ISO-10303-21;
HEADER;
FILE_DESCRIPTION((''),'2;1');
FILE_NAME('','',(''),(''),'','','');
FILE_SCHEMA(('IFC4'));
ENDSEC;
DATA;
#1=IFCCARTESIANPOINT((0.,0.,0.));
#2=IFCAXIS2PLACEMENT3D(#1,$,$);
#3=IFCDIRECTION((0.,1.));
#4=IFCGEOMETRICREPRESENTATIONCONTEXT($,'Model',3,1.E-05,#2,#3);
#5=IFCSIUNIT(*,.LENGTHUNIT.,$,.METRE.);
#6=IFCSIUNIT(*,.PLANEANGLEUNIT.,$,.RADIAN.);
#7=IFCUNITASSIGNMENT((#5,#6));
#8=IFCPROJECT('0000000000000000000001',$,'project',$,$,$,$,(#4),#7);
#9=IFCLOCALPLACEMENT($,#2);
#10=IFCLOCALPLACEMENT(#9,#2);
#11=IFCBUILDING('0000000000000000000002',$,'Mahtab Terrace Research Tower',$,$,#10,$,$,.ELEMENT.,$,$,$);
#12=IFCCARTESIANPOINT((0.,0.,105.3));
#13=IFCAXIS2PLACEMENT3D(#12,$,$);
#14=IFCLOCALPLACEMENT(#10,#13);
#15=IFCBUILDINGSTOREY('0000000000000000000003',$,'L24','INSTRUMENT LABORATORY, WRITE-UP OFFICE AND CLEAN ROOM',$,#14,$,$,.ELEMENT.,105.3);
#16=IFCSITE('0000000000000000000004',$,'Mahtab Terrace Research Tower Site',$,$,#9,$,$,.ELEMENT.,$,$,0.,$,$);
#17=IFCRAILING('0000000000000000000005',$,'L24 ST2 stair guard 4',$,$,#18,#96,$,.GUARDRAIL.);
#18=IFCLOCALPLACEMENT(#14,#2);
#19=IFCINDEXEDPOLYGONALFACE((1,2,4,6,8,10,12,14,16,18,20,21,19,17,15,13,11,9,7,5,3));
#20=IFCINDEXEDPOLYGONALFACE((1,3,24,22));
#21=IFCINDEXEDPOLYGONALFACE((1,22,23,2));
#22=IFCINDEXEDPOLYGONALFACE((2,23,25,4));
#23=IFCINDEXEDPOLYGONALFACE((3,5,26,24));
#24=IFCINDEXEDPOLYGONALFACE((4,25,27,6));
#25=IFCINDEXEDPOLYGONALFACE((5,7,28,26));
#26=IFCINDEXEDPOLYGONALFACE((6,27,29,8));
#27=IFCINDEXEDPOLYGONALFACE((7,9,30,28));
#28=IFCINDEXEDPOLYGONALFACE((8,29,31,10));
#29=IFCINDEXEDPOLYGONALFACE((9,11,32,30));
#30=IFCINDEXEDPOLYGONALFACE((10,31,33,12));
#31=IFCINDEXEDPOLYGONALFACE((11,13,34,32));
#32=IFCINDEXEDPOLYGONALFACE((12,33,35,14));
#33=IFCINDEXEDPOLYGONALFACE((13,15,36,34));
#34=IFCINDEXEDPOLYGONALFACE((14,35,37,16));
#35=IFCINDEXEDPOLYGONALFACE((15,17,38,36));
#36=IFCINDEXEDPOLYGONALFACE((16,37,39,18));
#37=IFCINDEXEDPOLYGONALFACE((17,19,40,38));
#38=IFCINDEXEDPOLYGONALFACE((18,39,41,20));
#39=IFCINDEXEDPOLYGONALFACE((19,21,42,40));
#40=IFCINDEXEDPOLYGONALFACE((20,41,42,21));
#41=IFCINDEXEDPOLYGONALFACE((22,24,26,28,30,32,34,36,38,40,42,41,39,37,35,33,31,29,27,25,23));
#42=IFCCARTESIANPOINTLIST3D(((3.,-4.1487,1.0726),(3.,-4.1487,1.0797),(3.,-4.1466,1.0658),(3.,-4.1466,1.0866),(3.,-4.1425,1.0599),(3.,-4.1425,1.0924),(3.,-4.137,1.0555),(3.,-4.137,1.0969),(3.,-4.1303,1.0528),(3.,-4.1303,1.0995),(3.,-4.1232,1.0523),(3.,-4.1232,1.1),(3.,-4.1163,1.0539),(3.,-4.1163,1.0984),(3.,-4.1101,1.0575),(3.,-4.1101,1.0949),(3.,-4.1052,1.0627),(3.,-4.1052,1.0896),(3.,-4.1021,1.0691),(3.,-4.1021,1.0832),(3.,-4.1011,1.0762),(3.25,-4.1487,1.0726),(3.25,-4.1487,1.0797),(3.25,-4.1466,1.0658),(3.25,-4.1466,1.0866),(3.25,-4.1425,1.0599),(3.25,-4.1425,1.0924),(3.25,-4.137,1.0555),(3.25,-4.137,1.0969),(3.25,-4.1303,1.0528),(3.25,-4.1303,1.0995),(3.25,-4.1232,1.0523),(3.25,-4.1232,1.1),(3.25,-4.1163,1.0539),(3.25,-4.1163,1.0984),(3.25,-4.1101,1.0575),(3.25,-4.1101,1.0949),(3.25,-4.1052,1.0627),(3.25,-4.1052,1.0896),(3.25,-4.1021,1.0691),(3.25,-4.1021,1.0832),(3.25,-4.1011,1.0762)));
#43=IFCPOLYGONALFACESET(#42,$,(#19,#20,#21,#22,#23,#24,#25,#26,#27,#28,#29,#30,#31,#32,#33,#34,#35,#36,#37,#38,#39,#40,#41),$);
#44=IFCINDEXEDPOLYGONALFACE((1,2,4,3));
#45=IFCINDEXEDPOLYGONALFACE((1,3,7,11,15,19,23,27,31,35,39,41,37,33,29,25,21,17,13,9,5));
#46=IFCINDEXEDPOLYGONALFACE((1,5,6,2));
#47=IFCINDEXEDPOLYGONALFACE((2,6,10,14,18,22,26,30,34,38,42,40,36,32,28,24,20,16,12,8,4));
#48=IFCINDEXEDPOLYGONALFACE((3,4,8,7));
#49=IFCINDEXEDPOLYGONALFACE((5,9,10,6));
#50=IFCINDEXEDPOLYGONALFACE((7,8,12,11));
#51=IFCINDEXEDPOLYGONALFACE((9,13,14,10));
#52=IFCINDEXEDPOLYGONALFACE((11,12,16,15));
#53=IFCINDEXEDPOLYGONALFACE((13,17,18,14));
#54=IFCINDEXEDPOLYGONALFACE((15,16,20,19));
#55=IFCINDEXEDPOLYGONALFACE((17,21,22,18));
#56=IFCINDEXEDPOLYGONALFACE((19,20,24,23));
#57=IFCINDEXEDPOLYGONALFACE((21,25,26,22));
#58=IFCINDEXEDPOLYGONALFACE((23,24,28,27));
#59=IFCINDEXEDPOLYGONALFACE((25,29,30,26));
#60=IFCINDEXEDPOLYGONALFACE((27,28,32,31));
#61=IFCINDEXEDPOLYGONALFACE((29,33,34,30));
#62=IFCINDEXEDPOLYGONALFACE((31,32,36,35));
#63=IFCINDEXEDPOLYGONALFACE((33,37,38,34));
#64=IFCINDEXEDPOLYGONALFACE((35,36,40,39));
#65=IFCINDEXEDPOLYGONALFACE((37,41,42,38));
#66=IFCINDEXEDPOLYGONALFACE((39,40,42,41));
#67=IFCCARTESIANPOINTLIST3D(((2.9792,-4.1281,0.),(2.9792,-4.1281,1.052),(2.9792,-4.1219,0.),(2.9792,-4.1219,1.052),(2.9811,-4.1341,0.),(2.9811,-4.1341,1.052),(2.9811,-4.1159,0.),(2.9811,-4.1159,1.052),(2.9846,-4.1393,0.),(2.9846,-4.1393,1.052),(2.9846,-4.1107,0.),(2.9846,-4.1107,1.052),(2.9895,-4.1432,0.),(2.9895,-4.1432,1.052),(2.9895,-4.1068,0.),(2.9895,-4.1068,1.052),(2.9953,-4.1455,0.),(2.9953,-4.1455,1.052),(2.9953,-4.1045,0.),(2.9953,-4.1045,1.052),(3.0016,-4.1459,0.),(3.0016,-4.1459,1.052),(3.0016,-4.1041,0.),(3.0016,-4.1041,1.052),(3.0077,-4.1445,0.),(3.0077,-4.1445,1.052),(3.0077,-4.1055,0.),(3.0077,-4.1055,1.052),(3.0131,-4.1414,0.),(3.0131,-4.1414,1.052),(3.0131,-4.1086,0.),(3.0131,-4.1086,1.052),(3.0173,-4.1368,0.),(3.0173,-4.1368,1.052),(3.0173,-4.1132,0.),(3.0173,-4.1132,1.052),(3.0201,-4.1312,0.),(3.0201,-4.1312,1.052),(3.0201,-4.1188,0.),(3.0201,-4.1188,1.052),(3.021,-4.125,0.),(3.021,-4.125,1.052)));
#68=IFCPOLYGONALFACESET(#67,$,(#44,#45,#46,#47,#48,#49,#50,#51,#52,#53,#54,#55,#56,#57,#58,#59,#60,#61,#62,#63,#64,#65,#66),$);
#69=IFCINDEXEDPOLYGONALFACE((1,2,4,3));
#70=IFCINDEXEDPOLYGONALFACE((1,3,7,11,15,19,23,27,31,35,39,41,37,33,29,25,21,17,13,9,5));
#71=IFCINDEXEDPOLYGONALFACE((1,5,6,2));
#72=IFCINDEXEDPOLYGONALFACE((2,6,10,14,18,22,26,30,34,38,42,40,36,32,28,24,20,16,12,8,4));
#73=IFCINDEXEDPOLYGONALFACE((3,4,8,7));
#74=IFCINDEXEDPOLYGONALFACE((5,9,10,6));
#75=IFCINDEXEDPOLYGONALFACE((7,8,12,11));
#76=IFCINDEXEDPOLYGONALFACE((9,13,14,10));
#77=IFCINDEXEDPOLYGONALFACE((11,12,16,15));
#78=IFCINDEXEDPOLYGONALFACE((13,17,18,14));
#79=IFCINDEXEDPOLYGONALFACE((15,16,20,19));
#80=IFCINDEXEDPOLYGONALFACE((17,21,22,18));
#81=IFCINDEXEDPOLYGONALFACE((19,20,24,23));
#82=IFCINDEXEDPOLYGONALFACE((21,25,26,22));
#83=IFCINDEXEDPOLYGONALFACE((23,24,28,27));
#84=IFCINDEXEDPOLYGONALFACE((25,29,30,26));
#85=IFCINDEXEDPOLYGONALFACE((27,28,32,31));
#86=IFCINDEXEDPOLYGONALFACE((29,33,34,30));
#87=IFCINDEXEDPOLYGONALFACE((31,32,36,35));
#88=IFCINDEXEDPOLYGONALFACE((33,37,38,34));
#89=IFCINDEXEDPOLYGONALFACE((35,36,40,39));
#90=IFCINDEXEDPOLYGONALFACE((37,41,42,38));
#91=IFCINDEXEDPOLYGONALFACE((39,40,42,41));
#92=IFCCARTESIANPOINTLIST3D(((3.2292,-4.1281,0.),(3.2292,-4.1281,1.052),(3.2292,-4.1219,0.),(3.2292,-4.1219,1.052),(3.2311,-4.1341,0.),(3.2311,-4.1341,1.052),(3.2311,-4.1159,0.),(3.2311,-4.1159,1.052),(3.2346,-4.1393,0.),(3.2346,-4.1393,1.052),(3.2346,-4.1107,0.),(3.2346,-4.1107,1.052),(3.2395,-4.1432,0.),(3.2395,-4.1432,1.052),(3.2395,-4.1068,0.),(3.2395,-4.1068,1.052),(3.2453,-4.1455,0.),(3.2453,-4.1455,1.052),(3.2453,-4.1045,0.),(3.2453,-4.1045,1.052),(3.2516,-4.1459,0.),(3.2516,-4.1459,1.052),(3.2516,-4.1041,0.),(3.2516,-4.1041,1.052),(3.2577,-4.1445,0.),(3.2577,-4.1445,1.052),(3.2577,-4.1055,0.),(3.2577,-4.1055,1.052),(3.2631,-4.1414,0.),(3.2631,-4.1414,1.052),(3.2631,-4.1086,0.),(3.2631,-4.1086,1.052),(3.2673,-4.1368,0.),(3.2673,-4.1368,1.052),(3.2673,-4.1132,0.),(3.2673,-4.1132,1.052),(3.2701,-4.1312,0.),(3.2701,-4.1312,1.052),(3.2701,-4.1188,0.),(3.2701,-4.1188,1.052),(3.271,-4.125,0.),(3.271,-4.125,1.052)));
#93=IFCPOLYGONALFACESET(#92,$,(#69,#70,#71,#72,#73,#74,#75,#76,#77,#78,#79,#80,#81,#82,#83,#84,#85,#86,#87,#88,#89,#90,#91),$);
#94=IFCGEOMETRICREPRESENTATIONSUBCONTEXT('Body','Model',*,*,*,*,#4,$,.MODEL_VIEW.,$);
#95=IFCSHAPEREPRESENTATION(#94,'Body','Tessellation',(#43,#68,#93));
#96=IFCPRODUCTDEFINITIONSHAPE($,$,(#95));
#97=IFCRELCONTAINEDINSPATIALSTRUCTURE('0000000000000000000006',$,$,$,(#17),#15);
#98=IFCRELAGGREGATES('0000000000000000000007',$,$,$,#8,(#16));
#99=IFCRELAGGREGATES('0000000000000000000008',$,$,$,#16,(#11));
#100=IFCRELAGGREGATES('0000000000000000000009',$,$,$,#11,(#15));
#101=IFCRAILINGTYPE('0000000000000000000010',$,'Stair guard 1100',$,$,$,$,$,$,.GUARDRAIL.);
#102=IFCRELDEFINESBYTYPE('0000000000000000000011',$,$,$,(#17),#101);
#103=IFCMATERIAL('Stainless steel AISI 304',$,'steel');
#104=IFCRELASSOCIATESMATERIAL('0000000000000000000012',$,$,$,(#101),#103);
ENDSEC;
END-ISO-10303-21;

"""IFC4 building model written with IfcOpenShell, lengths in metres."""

from ifc_helpers import new_model, si_unit, direction, frame, origin, origin_2d, place, context, subcontext, project, spatial, circle, extrude, material, type_object, element, save


model = new_model("IFC4")

# Units and contexts
model_context = context("Model", 3, precision=1e-05, world=origin(), true_north=direction((0.0, 1.0)))
body_context = subcontext(model_context, "Body", "Model", "MODEL_VIEW")
ifc_project = project(units=[si_unit("LENGTHUNIT", "METRE"), si_unit("PLANEANGLEUNIT", "RADIAN")], contexts=[model_context])

# Site, building, storey
site_placement = place(None, origin())
site = spatial("IfcSite", under=ifc_project, at=site_placement, Name="Mahtab Terrace Research Tower Site", CompositionType="ELEMENT", RefElevation=0.0)
building_placement = place(site_placement, origin())
building = spatial("IfcBuilding", under=site, at=building_placement, Name="Mahtab Terrace Research Tower", CompositionType="ELEMENT")
storey_placement = place(building_placement, frame((0.0, 0.0, 105.3)))
storey = spatial("IfcBuildingStorey", under=building, at=storey_placement, Name="L24", Description="INSTRUMENT LABORATORY, WRITE-UP OFFICE AND CLEAN ROOM", CompositionType="ELEMENT", Elevation=105.3)

# Railing
ifc_material_1 = material(Name="Stainless steel AISI 304", Category="steel")
railing_type_1 = type_object("IfcRailingType", Name="Stair guard 1100", PredefinedType="GUARDRAIL", material=ifc_material_1)
railing_1_placement = place(storey_placement, frame((3.0, -4.125, 0.0)))
element("IfcRailing", 1, at=railing_1_placement, inside=storey, type_object=railing_type_1, Name="L24 ST2 stair guard 4", PredefinedType="GUARDRAIL", context=body_context, shape_type="SweptSolid", body=[
    extrude(circle(Radius=0.0239, at=origin_2d()), frame((0.0, 0.0, 1.0762), z_axis=(1.0, 0.0, 0.0), x_axis=(0.0, 1.0, 0.0)), (0.0, 0.0, 1.0), 0.25),
    extrude(circle(Radius=0.021, at=origin_2d()), origin(), (0.0, 0.0, 1.0), 1.052),
    extrude(circle(Radius=0.021, at=origin_2d()), frame((0.25, 0.0, 0.0)), (0.0, 0.0, 1.0), 1.052),
])

save(model, "model.ifc")
